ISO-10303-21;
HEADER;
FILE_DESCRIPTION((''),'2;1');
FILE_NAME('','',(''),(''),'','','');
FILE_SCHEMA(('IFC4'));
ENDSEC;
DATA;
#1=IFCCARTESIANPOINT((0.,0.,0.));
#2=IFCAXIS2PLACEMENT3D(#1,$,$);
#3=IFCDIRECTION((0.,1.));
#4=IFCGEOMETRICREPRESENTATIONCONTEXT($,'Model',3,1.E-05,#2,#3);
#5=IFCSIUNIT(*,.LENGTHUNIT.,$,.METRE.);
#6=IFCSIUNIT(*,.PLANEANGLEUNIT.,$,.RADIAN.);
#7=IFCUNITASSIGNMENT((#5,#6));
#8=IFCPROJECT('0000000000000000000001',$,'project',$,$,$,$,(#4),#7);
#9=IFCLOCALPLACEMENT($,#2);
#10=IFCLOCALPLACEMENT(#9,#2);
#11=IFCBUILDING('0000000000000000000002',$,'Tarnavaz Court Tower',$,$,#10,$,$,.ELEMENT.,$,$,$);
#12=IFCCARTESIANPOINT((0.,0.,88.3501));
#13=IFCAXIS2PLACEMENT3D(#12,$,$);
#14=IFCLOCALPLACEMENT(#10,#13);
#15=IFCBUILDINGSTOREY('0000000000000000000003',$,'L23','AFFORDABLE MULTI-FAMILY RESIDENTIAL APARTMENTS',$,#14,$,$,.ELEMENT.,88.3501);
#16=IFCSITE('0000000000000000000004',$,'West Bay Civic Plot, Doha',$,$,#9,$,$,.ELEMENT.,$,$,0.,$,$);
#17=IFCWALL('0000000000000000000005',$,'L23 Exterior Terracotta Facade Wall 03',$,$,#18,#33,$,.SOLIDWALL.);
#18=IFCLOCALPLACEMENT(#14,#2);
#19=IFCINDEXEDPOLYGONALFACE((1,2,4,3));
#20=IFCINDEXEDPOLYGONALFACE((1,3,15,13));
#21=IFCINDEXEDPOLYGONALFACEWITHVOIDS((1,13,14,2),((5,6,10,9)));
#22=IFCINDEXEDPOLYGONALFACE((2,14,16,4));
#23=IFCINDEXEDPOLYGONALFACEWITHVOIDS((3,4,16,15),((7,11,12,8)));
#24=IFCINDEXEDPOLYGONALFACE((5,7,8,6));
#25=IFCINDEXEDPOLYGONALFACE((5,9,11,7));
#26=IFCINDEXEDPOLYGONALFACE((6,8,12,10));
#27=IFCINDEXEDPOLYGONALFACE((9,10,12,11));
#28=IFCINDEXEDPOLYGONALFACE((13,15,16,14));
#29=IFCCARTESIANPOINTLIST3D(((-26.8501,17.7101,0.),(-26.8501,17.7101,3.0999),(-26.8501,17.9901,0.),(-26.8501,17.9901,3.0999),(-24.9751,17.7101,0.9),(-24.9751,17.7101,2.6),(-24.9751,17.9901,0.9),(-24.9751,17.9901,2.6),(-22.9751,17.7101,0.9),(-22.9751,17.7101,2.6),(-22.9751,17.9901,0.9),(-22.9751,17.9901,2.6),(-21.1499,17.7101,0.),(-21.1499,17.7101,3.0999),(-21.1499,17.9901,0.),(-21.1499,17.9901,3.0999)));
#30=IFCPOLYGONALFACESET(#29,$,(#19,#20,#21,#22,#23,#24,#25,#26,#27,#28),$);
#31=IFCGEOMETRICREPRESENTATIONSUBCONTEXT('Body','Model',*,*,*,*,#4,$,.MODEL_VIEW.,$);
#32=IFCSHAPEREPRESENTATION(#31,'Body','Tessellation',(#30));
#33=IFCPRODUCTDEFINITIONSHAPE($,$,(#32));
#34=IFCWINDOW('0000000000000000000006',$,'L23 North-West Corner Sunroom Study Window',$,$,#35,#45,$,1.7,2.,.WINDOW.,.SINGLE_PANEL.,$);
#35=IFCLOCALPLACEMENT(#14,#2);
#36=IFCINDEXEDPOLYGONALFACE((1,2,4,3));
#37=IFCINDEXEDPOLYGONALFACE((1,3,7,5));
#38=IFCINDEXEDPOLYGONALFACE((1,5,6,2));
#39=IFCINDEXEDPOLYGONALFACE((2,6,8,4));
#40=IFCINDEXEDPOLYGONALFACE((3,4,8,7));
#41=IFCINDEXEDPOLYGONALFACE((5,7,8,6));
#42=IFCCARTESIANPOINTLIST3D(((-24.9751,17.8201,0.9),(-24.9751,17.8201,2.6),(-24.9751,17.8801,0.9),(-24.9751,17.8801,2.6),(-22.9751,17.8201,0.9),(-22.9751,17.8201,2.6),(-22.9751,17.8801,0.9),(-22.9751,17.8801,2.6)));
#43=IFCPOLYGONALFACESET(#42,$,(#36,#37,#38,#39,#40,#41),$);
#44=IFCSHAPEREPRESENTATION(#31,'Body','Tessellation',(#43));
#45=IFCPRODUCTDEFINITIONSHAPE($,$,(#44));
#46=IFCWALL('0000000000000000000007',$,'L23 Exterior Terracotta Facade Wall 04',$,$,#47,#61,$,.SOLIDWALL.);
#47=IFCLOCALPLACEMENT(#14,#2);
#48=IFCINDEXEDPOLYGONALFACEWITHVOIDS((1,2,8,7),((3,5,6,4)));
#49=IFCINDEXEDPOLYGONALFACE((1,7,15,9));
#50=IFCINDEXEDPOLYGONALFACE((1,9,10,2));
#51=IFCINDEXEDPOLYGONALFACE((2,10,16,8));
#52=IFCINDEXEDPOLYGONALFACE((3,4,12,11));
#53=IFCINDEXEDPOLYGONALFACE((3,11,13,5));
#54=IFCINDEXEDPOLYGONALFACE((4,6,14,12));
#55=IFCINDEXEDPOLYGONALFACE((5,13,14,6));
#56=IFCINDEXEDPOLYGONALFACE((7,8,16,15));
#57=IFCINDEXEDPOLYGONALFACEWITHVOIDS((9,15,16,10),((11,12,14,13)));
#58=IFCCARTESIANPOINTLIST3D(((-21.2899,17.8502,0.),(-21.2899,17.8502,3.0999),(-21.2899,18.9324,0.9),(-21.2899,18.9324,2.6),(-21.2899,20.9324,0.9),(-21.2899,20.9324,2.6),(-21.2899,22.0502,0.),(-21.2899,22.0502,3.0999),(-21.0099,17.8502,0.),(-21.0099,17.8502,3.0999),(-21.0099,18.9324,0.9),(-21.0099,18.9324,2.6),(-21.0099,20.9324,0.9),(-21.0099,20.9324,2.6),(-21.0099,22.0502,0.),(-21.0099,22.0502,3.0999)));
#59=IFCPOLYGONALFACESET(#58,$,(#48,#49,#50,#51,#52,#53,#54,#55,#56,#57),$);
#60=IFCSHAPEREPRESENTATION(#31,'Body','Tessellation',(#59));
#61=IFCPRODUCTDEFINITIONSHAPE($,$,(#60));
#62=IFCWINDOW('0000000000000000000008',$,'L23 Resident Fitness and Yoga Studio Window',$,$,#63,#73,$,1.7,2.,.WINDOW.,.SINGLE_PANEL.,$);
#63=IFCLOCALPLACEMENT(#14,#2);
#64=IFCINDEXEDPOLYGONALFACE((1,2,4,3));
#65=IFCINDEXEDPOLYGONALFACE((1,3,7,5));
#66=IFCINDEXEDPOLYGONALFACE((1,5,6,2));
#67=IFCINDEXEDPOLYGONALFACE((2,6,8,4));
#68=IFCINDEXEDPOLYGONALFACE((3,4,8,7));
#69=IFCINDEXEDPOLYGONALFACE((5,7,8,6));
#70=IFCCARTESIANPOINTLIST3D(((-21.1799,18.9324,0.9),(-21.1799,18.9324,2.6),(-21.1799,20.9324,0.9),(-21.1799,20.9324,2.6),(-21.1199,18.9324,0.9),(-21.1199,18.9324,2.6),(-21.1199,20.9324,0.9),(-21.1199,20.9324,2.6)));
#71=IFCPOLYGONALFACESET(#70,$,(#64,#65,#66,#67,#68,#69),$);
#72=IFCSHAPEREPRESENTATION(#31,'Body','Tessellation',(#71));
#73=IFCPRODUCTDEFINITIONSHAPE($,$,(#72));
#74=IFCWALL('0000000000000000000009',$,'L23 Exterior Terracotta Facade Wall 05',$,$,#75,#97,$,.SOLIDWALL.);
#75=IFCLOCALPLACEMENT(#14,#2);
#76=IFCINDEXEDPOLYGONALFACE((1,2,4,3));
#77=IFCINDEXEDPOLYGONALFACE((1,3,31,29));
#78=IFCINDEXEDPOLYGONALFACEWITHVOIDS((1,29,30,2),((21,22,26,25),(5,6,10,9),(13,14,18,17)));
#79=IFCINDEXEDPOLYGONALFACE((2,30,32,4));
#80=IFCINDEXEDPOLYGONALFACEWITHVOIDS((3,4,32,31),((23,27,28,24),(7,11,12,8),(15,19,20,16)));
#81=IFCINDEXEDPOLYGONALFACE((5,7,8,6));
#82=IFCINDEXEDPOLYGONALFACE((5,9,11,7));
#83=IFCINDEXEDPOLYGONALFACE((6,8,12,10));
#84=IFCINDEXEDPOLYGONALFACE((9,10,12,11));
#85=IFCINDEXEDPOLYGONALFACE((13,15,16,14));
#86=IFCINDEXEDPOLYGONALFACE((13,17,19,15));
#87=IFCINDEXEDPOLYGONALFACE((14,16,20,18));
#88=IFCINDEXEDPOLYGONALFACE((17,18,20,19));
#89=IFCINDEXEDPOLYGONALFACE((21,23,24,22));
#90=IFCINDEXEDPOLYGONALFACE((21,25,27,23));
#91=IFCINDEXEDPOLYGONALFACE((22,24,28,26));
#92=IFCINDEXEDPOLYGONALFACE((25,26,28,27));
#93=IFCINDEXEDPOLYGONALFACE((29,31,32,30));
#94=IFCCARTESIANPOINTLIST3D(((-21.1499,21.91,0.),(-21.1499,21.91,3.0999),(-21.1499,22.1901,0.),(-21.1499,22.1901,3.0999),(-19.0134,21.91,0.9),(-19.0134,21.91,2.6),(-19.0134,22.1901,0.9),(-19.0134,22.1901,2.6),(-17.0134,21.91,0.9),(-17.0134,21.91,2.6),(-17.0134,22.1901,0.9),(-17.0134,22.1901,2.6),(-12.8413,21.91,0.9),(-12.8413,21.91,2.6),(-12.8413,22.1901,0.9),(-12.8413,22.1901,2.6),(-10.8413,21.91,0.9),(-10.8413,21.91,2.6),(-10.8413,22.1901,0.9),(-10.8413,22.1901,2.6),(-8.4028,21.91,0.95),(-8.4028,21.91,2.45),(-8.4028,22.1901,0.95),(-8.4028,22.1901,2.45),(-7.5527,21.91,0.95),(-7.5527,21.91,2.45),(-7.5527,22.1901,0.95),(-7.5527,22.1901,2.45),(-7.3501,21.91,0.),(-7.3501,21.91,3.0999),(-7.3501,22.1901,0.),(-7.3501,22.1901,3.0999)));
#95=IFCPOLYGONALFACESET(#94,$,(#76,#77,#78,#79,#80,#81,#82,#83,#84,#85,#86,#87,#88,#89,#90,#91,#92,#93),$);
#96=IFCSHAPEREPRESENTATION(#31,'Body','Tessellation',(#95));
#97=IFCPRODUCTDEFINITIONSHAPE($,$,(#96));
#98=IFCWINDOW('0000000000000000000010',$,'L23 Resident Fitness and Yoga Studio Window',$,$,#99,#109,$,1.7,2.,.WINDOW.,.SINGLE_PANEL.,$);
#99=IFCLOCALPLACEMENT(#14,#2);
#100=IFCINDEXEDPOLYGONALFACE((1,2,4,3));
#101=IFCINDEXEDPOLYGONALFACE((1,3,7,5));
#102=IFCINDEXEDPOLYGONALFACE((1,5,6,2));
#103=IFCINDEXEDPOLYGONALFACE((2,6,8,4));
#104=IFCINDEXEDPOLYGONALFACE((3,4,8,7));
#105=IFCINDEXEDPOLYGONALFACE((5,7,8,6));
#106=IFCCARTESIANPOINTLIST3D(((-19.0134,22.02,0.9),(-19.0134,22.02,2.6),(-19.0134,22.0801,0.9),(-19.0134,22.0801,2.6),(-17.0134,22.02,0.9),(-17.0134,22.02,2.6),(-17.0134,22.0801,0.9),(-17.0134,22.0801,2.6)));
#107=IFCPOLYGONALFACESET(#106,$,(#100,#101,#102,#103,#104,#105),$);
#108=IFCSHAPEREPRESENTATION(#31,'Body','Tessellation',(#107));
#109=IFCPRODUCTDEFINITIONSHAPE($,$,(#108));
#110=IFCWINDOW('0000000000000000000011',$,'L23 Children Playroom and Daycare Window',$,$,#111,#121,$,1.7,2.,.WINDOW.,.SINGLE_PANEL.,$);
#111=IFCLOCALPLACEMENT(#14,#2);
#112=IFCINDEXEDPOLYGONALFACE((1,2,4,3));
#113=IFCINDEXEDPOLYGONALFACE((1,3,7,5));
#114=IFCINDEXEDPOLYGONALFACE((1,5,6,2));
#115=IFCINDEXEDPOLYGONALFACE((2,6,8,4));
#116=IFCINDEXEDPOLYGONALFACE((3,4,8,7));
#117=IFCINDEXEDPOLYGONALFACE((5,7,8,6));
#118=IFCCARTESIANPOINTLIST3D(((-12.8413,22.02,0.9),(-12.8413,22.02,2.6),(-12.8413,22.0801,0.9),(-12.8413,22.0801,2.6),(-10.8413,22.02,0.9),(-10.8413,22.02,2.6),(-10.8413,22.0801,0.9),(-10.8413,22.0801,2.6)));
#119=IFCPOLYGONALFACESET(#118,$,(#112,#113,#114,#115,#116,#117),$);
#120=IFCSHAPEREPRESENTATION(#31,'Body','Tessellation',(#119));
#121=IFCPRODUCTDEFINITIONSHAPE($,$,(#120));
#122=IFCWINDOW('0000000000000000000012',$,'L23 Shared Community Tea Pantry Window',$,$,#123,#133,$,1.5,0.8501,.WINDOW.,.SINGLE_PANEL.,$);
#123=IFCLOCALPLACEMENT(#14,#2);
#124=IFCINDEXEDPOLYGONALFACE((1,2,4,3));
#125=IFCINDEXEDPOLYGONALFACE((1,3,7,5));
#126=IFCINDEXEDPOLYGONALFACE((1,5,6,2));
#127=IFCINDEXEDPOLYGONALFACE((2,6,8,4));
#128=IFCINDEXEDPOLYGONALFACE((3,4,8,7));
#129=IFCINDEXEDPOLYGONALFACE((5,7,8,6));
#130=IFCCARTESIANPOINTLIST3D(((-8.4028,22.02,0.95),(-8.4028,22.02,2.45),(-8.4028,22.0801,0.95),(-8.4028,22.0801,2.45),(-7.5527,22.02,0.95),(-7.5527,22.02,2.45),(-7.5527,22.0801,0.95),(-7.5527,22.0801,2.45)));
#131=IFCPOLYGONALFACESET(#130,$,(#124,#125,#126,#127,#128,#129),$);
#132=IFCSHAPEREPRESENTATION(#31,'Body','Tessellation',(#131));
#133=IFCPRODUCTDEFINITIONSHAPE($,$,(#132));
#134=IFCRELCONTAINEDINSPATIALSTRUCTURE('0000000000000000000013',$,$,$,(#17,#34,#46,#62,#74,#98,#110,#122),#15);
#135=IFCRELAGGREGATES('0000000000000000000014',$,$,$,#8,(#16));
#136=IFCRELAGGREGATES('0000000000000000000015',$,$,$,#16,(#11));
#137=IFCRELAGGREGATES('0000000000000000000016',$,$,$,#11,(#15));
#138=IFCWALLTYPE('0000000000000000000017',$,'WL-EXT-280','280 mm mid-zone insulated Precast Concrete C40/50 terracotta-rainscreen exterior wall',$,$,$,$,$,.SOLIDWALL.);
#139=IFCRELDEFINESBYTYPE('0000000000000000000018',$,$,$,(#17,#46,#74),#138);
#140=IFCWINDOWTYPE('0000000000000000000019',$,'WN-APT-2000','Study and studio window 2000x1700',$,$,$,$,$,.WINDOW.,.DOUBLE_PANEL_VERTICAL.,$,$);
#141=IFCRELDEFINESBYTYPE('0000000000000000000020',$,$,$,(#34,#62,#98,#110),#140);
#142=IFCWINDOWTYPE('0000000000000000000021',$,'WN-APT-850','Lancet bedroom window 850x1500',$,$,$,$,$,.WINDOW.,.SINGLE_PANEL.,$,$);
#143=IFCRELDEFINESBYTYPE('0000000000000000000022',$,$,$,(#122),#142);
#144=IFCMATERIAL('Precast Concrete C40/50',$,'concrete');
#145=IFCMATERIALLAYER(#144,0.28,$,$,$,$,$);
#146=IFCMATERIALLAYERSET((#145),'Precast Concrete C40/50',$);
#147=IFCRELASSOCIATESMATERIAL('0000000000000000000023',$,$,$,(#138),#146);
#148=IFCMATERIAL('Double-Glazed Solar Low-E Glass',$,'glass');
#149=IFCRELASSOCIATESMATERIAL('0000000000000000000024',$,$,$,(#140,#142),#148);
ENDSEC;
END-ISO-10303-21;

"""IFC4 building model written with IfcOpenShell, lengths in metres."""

from ifc_helpers import new_model, si_unit, direction, frame, frame_2d, origin, place, context, subcontext, project, spatial, rectangle, extrude, material, layer, layer_set, type_object, element, fill, save


model = new_model("IFC4")

# Units and contexts
model_context = context("Model", 3, precision=1e-05, world=origin(), true_north=direction((0.0, 1.0)))
body_context = subcontext(model_context, "Body", "Model", "MODEL_VIEW")
ifc_project = project(units=[si_unit("LENGTHUNIT", "METRE"), si_unit("PLANEANGLEUNIT", "RADIAN")], contexts=[model_context])

# Site, building, storey
site_placement = place(None, origin())
site = spatial("IfcSite", under=ifc_project, at=site_placement, Name="West Bay Civic Plot, Doha", CompositionType="ELEMENT", RefElevation=0.0)
building_placement = place(site_placement, origin())
building = spatial("IfcBuilding", under=site, at=building_placement, Name="Tarnavaz Court Tower", CompositionType="ELEMENT")
storey_placement = place(building_placement, frame((0.0, 0.0, 88.3501)))
storey = spatial("IfcBuildingStorey", under=building, at=storey_placement, Name="L23", Description="AFFORDABLE MULTI-FAMILY RESIDENTIAL APARTMENTS", CompositionType="ELEMENT", Elevation=88.3501)

# Walls, openings, windows
ifc_material_1 = material(Name="Precast Concrete C40/50", Category="concrete")
ifc_layer_1 = layer(ifc_material_1, 0.28)
ifc_layer_set_1 = layer_set([ifc_layer_1], Name="Precast Concrete C40/50")
wall_type_1 = type_object("IfcWallType", Name="WL-EXT-280", Description="280 mm mid-zone insulated Precast Concrete C40/50 terracotta-rainscreen exterior wall", PredefinedType="SOLIDWALL", material=ifc_layer_set_1)
wall_1_placement = place(storey_placement, frame((-26.8501, 17.8501, 0.0), z_axis=(0.0, 0.0, 1.0), x_axis=(1.0, 0.0, 0.0)))
wall_1 = element("IfcWall", 1, at=wall_1_placement, inside=storey, type_object=wall_type_1, Name="L23 Exterior Terracotta Facade Wall 03", PredefinedType="SOLIDWALL", context=body_context, shape_type="SweptSolid", body=[
    extrude(rectangle(XDim=5.7002, YDim=0.28, at=frame_2d((2.8501, 0.0))), origin(), (0.0, 0.0, 1.0), 3.0999),
])
opening_1_placement = place(wall_1_placement, frame((1.875, 0.0, 0.8999)))
opening_1 = element("IfcOpeningElement", 2, at=opening_1_placement, cuts=wall_1, PredefinedType="OPENING", context=body_context, shape_type="SweptSolid", body=[
    extrude(rectangle(XDim=2.0, YDim=1.7, at=frame_2d((1.0, 0.8501))), frame((0.0, 0.1499, 0.0), z_axis=(0.0, -1.0, 0.0), x_axis=(1.0, 0.0, 0.0)), (0.0, 0.0, 1.0), 0.3),
])
ifc_material_2 = material(Name="Double-Glazed Solar Low-E Glass", Category="glass")
window_type_1 = type_object("IfcWindowType", Name="WN-APT-2000", Description="Study and studio window 2000x1700", PartitioningType="DOUBLE_PANEL_VERTICAL", PredefinedType="WINDOW", material=ifc_material_2)
window_1_placement = place(opening_1_placement, origin())
window_1 = element("IfcWindow", 3, at=window_1_placement, inside=storey, type_object=window_type_1, Name="L23 North-West Corner Sunroom Study Window", OverallHeight=1.7, OverallWidth=2.0, PartitioningType="SINGLE_PANEL", PredefinedType="WINDOW", context=body_context, shape_type="SweptSolid", body=[
    extrude(rectangle(XDim=2.0, YDim=1.7, at=frame_2d((1.0, 0.8501))), frame((0.0, 0.03, 0.0), z_axis=(0.0, -1.0, 0.0), x_axis=(1.0, 0.0, 0.0)), (0.0, 0.0, 1.0), 0.0601),
])
fill(opening_1, window_1)
wall_2_placement = place(storey_placement, frame((-21.1499, 17.8501, 0.0), z_axis=(0.0, 0.0, 1.0), x_axis=(0.0, 1.0, 0.0)))
wall_2 = element("IfcWall", 4, at=wall_2_placement, inside=storey, type_object=wall_type_1, Name="L23 Exterior Terracotta Facade Wall 04", PredefinedType="SOLIDWALL", context=body_context, shape_type="SweptSolid", body=[
    extrude(rectangle(XDim=4.2, YDim=0.28, at=frame_2d((2.1001, 0.0))), origin(), (0.0, 0.0, 1.0), 3.0999),
])
opening_2_placement = place(wall_2_placement, frame((1.0823, 0.0, 0.8999)))
opening_2 = element("IfcOpeningElement", 5, at=opening_2_placement, cuts=wall_2, PredefinedType="OPENING", context=body_context, shape_type="SweptSolid", body=[
    extrude(rectangle(XDim=2.0, YDim=1.7, at=frame_2d((1.0, 0.8501))), frame((0.0, 0.1499, 0.0), z_axis=(0.0, -1.0, 0.0), x_axis=(1.0, 0.0, 0.0)), (0.0, 0.0, 1.0), 0.3),
])
window_2_placement = place(opening_2_placement, origin())
window_2 = element("IfcWindow", 6, at=window_2_placement, inside=storey, type_object=window_type_1, Name="L23 Resident Fitness and Yoga Studio Window", OverallHeight=1.7, OverallWidth=2.0, PartitioningType="SINGLE_PANEL", PredefinedType="WINDOW", context=body_context, shape_type="SweptSolid", body=[
    extrude(rectangle(XDim=2.0, YDim=1.7, at=frame_2d((1.0, 0.8501))), frame((0.0, 0.03, 0.0), z_axis=(0.0, -1.0, 0.0), x_axis=(1.0, 0.0, 0.0)), (0.0, 0.0, 1.0), 0.0601),
])
fill(opening_2, window_2)

# Wall, openings, windows
wall_3_placement = place(storey_placement, frame((-21.1499, 22.05, 0.0), z_axis=(0.0, 0.0, 1.0), x_axis=(1.0, 0.0, 0.0)))
wall_3 = element("IfcWall", 7, at=wall_3_placement, inside=storey, type_object=wall_type_1, Name="L23 Exterior Terracotta Facade Wall 05", PredefinedType="SOLIDWALL", context=body_context, shape_type="SweptSolid", body=[
    extrude(rectangle(XDim=13.7998, YDim=0.28, at=frame_2d((6.8999, 0.0))), origin(), (0.0, 0.0, 1.0), 3.0999),
])
opening_3_placement = place(wall_3_placement, frame((2.1365, 0.0, 0.8999)))
opening_3 = element("IfcOpeningElement", 8, at=opening_3_placement, cuts=wall_3, PredefinedType="OPENING", context=body_context, shape_type="SweptSolid", body=[
    extrude(rectangle(XDim=2.0, YDim=1.7, at=frame_2d((1.0, 0.8501))), frame((0.0, 0.1499, 0.0), z_axis=(0.0, -1.0, 0.0), x_axis=(1.0, 0.0, 0.0)), (0.0, 0.0, 1.0), 0.3),
])
opening_4_placement = place(wall_3_placement, frame((8.3086, 0.0, 0.8999)))
opening_4 = element("IfcOpeningElement", 9, at=opening_4_placement, cuts=wall_3, PredefinedType="OPENING", context=body_context, shape_type="SweptSolid", body=[
    extrude(rectangle(XDim=2.0, YDim=1.7, at=frame_2d((1.0, 0.8501))), frame((0.0, 0.1499, 0.0), z_axis=(0.0, -1.0, 0.0), x_axis=(1.0, 0.0, 0.0)), (0.0, 0.0, 1.0), 0.3),
])
opening_5_placement = place(wall_3_placement, frame((12.7471, 0.0, 0.95)))
opening_5 = element("IfcOpeningElement", 10, at=opening_5_placement, cuts=wall_3, PredefinedType="OPENING", context=body_context, shape_type="SweptSolid", body=[
    extrude(rectangle(XDim=0.8501, YDim=1.5, at=frame_2d((0.425, 0.75))), frame((0.0, 0.1499, 0.0), z_axis=(0.0, -1.0, 0.0), x_axis=(1.0, 0.0, 0.0)), (0.0, 0.0, 1.0), 0.3),
])
window_3_placement = place(opening_3_placement, origin())
window_3 = element("IfcWindow", 11, at=window_3_placement, inside=storey, type_object=window_type_1, Name="L23 Resident Fitness and Yoga Studio Window", OverallHeight=1.7, OverallWidth=2.0, PartitioningType="SINGLE_PANEL", PredefinedType="WINDOW", context=body_context, shape_type="SweptSolid", body=[
    extrude(rectangle(XDim=2.0, YDim=1.7, at=frame_2d((1.0, 0.8501))), frame((0.0, 0.03, 0.0), z_axis=(0.0, -1.0, 0.0), x_axis=(1.0, 0.0, 0.0)), (0.0, 0.0, 1.0), 0.0601),
])
fill(opening_3, window_3)
window_4_placement = place(opening_4_placement, origin())
window_4 = element("IfcWindow", 12, at=window_4_placement, inside=storey, type_object=window_type_1, Name="L23 Children Playroom and Daycare Window", OverallHeight=1.7, OverallWidth=2.0, PartitioningType="SINGLE_PANEL", PredefinedType="WINDOW", context=body_context, shape_type="SweptSolid", body=[
    extrude(rectangle(XDim=2.0, YDim=1.7, at=frame_2d((1.0, 0.8501))), frame((0.0, 0.03, 0.0), z_axis=(0.0, -1.0, 0.0), x_axis=(1.0, 0.0, 0.0)), (0.0, 0.0, 1.0), 0.0601),
])
fill(opening_4, window_4)
window_type_2 = type_object("IfcWindowType", Name="WN-APT-850", Description="Lancet bedroom window 850x1500", PartitioningType="SINGLE_PANEL", PredefinedType="WINDOW", material=ifc_material_2)
window_5_placement = place(opening_5_placement, origin())
window_5 = element("IfcWindow", 13, at=window_5_placement, inside=storey, type_object=window_type_2, Name="L23 Shared Community Tea Pantry Window", OverallHeight=1.5, OverallWidth=0.8501, PartitioningType="SINGLE_PANEL", PredefinedType="WINDOW", context=body_context, shape_type="SweptSolid", body=[
    extrude(rectangle(XDim=0.8501, YDim=1.5, at=frame_2d((0.425, 0.75))), frame((0.0, 0.03, 0.0), z_axis=(0.0, -1.0, 0.0), x_axis=(1.0, 0.0, 0.0)), (0.0, 0.0, 1.0), 0.0601),
])
fill(opening_5, window_5)

save(model, "model.ifc")
